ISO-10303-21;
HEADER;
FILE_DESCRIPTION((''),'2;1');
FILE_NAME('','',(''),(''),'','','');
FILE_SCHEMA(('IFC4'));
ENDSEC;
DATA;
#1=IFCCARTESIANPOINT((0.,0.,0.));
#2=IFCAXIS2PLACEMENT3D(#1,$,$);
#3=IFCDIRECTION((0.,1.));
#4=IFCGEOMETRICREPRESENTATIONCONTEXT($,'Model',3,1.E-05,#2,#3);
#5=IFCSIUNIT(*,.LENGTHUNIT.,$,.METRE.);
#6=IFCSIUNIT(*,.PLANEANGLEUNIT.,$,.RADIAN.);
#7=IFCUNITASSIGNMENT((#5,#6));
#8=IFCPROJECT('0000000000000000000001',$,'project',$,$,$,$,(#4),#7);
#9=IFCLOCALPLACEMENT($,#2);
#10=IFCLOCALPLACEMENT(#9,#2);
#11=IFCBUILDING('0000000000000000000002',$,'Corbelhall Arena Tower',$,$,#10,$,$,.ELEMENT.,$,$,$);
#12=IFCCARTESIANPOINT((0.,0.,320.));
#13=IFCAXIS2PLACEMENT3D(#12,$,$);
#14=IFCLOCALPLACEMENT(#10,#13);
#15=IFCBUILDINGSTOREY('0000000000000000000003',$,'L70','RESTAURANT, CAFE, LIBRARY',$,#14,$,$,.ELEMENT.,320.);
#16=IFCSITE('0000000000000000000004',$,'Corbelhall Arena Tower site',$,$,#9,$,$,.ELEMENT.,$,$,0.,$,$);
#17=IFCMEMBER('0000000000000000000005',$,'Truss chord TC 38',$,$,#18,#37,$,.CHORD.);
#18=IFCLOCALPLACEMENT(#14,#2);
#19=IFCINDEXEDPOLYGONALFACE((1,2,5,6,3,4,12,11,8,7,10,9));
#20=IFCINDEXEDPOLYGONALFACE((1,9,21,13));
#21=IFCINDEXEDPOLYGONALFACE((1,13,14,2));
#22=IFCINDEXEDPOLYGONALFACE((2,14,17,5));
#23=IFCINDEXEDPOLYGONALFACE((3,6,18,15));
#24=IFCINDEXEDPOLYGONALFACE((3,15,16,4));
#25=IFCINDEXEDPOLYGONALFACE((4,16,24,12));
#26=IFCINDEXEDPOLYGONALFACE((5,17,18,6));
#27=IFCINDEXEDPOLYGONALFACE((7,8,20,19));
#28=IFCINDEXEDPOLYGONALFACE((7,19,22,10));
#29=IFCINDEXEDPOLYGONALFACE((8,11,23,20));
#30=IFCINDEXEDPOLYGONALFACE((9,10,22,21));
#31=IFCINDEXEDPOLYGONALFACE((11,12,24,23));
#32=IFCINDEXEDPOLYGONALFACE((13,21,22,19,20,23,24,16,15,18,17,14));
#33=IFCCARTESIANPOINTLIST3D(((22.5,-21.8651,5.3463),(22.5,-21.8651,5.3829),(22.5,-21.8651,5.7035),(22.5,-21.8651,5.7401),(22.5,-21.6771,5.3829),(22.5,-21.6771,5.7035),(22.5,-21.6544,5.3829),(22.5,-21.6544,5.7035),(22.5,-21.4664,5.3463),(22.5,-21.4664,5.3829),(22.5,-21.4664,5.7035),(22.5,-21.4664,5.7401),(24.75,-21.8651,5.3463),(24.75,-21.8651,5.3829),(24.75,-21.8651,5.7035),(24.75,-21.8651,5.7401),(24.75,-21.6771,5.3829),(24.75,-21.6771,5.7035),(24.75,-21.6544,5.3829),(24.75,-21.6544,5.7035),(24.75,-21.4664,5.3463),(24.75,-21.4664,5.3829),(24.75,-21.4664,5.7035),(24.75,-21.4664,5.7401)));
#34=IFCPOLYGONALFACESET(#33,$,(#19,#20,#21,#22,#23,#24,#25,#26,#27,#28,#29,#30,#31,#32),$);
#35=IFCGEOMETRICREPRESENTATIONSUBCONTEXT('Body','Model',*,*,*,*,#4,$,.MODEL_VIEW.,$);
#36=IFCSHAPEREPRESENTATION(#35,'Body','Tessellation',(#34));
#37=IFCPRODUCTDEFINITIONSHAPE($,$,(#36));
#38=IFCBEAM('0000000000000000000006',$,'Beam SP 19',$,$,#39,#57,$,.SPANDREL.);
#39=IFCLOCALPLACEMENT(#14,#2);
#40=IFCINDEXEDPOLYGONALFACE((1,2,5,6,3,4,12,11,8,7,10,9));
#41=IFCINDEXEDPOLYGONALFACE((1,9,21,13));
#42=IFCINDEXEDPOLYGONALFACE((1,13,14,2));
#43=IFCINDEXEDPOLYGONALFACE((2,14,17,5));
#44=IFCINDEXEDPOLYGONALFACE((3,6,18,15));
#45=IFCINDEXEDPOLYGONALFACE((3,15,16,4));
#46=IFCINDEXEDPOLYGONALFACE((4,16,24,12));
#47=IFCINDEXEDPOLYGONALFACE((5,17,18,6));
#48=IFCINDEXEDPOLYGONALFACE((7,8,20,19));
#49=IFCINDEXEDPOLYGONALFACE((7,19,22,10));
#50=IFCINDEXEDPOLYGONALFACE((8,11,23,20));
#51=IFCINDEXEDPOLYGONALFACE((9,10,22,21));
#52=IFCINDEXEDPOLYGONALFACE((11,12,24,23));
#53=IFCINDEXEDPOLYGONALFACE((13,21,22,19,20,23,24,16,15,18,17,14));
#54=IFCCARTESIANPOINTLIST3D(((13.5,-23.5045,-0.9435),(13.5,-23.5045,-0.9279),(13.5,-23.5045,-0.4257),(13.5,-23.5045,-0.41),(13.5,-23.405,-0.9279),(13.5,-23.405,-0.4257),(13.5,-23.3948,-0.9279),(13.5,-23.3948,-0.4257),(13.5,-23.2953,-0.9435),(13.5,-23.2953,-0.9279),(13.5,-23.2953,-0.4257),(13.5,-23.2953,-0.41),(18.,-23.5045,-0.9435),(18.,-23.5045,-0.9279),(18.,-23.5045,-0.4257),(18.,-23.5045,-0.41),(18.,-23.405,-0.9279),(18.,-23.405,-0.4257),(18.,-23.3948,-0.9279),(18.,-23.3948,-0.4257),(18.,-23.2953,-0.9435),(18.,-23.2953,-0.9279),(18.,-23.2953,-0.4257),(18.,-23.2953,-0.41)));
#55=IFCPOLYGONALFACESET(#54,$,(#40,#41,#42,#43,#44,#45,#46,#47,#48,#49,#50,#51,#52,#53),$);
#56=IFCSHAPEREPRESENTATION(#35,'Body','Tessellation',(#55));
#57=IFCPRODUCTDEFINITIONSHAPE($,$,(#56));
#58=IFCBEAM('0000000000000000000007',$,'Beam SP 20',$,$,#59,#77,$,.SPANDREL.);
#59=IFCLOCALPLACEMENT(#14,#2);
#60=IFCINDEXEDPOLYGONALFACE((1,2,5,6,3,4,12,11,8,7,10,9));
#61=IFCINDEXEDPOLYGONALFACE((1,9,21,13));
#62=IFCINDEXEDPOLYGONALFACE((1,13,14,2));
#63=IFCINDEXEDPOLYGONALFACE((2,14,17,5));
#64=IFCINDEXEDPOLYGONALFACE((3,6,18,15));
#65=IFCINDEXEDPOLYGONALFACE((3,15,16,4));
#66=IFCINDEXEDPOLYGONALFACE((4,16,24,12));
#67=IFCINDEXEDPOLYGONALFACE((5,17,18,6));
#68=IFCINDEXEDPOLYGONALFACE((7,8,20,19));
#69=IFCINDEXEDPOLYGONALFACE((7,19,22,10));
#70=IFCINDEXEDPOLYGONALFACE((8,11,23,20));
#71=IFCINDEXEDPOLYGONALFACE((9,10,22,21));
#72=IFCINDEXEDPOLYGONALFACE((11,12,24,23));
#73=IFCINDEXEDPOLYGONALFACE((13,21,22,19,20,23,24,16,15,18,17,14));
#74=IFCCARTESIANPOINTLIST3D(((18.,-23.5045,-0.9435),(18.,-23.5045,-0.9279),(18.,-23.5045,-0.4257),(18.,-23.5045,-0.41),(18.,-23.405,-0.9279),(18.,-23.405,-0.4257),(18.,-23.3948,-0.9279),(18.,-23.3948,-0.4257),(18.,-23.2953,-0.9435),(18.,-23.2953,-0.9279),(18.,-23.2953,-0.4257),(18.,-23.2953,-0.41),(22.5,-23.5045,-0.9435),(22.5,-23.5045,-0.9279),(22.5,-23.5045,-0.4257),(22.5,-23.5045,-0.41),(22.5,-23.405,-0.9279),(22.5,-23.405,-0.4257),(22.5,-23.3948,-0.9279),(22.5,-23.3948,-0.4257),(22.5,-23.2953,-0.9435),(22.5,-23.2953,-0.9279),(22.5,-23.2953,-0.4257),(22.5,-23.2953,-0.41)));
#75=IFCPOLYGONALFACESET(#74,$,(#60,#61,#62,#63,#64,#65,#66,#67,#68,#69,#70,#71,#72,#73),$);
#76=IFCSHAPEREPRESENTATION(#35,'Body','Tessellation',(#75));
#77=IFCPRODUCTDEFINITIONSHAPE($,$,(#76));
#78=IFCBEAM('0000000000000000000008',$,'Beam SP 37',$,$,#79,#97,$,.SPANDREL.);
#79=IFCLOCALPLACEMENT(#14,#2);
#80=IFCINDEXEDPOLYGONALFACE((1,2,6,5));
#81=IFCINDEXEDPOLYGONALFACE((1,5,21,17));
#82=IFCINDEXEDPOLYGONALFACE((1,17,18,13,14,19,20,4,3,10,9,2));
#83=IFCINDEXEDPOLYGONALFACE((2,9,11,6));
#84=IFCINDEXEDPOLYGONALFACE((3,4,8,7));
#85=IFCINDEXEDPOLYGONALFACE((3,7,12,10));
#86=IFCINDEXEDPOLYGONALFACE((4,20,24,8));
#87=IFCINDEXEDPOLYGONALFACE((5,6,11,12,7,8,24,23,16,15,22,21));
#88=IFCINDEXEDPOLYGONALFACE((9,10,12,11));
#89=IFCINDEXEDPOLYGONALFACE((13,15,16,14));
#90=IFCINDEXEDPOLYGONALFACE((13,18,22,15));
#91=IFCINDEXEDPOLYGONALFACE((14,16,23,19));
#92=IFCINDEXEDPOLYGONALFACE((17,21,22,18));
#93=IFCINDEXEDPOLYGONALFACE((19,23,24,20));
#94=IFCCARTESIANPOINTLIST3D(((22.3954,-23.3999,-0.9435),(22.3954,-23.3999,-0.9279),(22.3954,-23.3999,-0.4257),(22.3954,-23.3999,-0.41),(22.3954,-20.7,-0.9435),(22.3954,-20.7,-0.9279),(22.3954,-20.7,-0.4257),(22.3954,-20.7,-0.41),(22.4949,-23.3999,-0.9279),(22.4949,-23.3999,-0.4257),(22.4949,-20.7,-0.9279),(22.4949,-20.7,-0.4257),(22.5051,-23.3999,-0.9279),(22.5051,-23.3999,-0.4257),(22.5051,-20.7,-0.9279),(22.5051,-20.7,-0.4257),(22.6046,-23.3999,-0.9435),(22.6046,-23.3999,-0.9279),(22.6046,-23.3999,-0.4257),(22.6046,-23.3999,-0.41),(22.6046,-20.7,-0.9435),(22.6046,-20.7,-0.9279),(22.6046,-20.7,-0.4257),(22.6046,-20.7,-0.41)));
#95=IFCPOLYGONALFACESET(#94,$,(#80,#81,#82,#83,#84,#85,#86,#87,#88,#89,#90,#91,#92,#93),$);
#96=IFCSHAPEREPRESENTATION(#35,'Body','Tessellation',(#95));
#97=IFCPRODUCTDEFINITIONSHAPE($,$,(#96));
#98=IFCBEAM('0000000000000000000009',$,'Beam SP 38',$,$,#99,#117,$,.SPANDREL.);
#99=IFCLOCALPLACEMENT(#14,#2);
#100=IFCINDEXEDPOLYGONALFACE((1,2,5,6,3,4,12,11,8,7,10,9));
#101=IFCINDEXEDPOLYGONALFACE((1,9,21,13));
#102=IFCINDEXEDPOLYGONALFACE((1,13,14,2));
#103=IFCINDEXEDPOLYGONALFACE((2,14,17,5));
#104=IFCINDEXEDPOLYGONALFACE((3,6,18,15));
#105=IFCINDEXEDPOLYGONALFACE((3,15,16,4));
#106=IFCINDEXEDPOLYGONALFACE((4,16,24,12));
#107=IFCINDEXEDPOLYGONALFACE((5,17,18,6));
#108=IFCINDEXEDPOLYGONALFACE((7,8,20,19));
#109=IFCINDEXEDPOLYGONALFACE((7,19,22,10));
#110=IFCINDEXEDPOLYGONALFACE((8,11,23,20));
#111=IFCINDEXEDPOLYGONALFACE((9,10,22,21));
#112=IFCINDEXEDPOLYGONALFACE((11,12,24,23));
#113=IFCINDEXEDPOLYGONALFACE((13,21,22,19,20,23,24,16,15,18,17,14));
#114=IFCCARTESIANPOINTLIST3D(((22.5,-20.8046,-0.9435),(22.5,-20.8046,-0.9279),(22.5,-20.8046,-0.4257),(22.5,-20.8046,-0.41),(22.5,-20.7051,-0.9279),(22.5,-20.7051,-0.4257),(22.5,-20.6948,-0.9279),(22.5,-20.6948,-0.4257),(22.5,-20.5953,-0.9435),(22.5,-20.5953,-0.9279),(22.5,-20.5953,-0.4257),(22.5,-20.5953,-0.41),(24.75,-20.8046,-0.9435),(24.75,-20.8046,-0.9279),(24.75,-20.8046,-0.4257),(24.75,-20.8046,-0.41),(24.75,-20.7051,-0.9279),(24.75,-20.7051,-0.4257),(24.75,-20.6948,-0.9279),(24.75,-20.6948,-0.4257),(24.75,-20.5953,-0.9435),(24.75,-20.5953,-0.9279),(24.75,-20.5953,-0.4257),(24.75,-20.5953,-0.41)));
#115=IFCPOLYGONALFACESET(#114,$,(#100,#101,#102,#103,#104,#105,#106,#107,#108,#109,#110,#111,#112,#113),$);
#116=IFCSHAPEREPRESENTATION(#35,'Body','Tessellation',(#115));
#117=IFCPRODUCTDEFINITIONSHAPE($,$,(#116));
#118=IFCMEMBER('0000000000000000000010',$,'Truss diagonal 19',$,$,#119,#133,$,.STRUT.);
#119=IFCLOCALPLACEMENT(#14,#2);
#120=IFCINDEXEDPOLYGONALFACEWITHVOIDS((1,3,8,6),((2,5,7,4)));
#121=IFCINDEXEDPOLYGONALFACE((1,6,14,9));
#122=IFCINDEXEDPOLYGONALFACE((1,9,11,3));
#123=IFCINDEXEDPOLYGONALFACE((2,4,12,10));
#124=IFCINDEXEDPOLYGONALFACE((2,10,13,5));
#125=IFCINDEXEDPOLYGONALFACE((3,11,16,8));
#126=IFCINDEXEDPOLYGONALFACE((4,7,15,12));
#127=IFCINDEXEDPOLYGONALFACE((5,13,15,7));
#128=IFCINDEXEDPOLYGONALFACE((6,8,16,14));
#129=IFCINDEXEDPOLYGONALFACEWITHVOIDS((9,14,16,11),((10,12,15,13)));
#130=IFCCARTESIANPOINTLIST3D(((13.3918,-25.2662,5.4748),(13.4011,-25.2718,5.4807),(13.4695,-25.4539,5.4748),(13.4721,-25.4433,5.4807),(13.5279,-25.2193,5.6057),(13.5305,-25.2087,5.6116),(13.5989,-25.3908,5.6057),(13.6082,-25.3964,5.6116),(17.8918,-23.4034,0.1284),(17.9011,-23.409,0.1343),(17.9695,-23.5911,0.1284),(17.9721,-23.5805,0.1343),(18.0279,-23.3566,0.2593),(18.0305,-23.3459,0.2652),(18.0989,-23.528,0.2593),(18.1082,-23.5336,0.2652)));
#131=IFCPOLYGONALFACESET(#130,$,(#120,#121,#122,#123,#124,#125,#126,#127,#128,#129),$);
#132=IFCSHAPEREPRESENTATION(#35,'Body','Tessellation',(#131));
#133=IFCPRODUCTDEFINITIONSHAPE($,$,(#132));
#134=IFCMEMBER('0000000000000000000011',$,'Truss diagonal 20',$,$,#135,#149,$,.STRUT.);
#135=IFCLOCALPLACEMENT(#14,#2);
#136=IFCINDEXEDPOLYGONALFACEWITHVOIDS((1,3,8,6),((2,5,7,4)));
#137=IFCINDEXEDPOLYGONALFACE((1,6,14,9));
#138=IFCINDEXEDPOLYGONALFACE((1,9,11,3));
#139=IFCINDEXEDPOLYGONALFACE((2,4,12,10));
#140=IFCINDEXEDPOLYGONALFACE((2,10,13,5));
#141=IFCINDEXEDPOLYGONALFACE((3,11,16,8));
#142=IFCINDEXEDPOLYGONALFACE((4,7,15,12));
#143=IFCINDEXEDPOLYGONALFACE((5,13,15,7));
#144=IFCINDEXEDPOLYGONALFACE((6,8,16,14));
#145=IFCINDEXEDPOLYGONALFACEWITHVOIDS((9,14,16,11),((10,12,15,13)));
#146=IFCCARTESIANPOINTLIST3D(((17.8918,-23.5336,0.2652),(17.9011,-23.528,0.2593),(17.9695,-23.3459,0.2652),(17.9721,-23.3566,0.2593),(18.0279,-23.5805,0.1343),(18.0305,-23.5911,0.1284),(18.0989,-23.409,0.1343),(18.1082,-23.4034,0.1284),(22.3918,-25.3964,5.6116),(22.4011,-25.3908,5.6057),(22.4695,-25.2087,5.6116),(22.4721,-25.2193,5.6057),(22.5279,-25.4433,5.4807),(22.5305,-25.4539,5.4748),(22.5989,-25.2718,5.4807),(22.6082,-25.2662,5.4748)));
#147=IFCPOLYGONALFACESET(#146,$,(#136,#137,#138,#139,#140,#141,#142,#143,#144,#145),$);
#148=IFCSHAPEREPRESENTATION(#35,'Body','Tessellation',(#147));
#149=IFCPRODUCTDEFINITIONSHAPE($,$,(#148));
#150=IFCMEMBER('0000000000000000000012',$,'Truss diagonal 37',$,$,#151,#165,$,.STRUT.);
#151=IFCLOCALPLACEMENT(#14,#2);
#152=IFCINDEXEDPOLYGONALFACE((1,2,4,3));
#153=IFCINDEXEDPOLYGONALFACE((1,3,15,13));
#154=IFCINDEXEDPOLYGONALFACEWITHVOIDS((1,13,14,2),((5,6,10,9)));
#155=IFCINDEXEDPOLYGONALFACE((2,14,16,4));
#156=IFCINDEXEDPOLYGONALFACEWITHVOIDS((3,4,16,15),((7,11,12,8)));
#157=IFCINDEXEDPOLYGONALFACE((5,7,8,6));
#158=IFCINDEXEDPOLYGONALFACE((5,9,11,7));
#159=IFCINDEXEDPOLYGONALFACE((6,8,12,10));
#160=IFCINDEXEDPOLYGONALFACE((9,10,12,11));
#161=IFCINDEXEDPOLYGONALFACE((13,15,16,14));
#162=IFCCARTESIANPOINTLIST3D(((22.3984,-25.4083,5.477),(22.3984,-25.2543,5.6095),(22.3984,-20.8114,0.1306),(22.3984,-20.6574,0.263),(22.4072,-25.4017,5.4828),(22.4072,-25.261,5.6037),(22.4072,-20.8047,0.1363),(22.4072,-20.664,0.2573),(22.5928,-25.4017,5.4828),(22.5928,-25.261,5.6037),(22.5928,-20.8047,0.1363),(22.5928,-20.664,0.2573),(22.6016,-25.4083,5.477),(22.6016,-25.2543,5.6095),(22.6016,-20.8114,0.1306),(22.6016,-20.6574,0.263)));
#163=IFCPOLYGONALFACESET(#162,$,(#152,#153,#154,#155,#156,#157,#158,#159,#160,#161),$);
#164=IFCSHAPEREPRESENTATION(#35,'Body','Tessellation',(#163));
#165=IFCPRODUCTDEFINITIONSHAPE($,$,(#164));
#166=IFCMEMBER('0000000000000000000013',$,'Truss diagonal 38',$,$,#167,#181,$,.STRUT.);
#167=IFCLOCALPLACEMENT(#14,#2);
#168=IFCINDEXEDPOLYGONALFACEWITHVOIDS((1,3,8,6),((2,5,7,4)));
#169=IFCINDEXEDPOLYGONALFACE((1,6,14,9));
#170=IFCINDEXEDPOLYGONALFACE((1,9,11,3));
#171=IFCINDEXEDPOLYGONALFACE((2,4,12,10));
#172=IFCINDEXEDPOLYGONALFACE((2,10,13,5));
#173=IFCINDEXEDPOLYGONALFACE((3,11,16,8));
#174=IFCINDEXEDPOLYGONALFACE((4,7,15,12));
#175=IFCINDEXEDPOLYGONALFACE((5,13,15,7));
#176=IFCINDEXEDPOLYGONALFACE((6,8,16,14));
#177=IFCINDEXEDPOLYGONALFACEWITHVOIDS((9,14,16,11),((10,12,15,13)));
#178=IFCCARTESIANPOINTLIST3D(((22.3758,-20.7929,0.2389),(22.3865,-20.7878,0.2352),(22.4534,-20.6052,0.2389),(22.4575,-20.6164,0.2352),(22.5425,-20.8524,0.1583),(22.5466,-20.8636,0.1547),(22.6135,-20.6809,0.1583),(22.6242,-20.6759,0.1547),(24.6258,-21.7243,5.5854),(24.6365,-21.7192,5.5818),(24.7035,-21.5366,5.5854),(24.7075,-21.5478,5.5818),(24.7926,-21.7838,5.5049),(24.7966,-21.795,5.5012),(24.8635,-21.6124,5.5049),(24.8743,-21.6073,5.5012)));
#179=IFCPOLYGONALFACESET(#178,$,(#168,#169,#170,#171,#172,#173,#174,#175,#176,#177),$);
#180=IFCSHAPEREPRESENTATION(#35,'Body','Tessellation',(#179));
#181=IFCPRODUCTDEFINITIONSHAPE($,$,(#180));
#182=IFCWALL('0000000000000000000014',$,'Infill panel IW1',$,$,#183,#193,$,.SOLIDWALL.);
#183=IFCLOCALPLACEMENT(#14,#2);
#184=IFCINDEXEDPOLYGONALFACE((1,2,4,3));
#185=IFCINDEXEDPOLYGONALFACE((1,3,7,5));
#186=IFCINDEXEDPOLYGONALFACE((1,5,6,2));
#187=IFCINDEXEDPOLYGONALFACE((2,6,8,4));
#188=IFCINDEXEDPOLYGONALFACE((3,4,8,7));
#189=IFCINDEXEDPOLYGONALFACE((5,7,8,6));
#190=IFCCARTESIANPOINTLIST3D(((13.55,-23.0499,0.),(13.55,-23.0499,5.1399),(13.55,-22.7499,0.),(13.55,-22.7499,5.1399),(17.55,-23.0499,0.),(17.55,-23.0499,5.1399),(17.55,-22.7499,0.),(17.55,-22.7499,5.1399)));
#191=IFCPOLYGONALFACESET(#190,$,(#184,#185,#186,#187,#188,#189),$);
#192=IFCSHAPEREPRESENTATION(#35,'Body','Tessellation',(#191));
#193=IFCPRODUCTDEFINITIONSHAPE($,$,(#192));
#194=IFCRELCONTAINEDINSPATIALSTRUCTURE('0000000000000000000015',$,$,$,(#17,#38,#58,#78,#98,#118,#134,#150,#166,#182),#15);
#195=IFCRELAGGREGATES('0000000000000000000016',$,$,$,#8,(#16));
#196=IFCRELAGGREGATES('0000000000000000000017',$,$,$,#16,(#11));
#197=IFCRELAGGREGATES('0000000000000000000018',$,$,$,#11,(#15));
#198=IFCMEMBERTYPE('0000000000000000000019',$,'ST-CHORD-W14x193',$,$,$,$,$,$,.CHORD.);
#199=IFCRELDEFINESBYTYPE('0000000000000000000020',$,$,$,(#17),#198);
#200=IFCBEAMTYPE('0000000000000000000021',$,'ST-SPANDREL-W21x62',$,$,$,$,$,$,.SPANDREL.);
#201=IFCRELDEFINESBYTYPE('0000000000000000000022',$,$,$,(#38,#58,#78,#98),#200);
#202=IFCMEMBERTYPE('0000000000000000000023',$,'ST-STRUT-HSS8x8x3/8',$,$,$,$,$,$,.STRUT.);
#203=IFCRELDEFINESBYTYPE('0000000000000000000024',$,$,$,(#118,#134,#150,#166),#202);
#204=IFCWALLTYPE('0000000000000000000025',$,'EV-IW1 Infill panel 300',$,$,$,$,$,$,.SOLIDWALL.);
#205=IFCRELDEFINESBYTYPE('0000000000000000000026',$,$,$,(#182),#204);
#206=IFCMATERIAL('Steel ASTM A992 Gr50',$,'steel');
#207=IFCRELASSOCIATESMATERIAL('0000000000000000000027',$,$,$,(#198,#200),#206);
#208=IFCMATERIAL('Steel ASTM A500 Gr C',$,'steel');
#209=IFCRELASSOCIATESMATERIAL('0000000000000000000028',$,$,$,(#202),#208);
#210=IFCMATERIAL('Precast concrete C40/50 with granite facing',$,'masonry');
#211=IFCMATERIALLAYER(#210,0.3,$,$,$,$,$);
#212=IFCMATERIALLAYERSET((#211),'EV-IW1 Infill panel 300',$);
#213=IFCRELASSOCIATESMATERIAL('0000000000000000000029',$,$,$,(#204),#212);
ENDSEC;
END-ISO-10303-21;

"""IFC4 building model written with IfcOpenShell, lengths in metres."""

from ifc_helpers import new_model, si_unit, direction, frame, frame_2d, origin, origin_2d, place, context, subcontext, project, spatial, rectangle, hollow_rectangle, i_section, extrude, material, layer, layer_set, material_profile, profile_set, type_object, element, save


model = new_model("IFC4")

# Units and contexts
model_context = context("Model", 3, precision=1e-05, world=origin(), true_north=direction((0.0, 1.0)))
body_context = subcontext(model_context, "Body", "Model", "MODEL_VIEW")
ifc_project = project(units=[si_unit("LENGTHUNIT", "METRE"), si_unit("PLANEANGLEUNIT", "RADIAN")], contexts=[model_context])

# Site, building, storey
site_placement = place(None, origin())
site = spatial("IfcSite", under=ifc_project, at=site_placement, Name="Corbelhall Arena Tower site", CompositionType="ELEMENT", RefElevation=0.0)
building_placement = place(site_placement, origin())
building = spatial("IfcBuilding", under=site, at=building_placement, Name="Corbelhall Arena Tower", CompositionType="ELEMENT")
storey_placement = place(building_placement, frame((0.0, 0.0, 320.0)))
storey = spatial("IfcBuildingStorey", under=building, at=storey_placement, Name="L70", Description="RESTAURANT, CAFE, LIBRARY", CompositionType="ELEMENT", Elevation=320.0)

# Member
ifc_material_1 = material(Name="Steel ASTM A992 Gr50", Category="steel")
ifc_material_profile_1 = material_profile(ifc_material_1, i_section(OverallWidth=0.3987, OverallDepth=0.3938, WebThickness=0.0227, FlangeThickness=0.0366, at=origin_2d()))
ifc_profile_set_1 = profile_set([ifc_material_profile_1], Name="Steel ASTM A992 Gr50")
member_type_1 = type_object("IfcMemberType", Name="ST-CHORD-W14x193", PredefinedType="CHORD", material=ifc_profile_set_1)
for number, where, z_axis, x_axis, name in (
    (1, (24.75, -21.6658, 5.5432), (-1.0, 0.0, 0.0), (0.0, -1.0, 0.0), "Truss chord TC 38"),
):
    element("IfcMember", number, at=place(storey_placement, frame(where, z_axis=z_axis, x_axis=x_axis)), inside=storey, type_object=member_type_1, Name=name, PredefinedType="CHORD", context=body_context, shape_type="SweptSolid", body=[
        extrude(i_section(OverallWidth=0.3987, OverallDepth=0.3938, WebThickness=0.0227, FlangeThickness=0.0366, at=origin_2d()), origin(), (0.0, 0.0, 1.0), 2.25),
    ])

# Beams
ifc_material_profile_2 = material_profile(ifc_material_1, i_section(OverallWidth=0.2092, OverallDepth=0.5334, WebThickness=0.0103, FlangeThickness=0.0156, at=origin_2d()))
ifc_profile_set_2 = profile_set([ifc_material_profile_2], Name="Steel ASTM A992 Gr50")
beam_type = type_object("IfcBeamType", Name="ST-SPANDREL-W21x62", PredefinedType="SPANDREL", material=ifc_profile_set_2)
for number, where, z_axis, x_axis, name in (
    (2, (18.0, -23.3999, -0.6768), (-1.0, 0.0, 0.0), (0.0, -1.0, 0.0), "Beam SP 19"),
    (3, (22.5, -23.3999, -0.6768), (-1.0, 0.0, 0.0), (0.0, -1.0, 0.0), "Beam SP 20"),
):
    element("IfcBeam", number, at=place(storey_placement, frame(where, z_axis=z_axis, x_axis=x_axis)), inside=storey, type_object=beam_type, Name=name, PredefinedType="SPANDREL", context=body_context, shape_type="SweptSolid", body=[
        extrude(i_section(OverallWidth=0.2092, OverallDepth=0.5334, WebThickness=0.0103, FlangeThickness=0.0156, at=origin_2d()), origin(), (0.0, 0.0, 1.0), 4.5),
    ])
beam_1_placement = place(storey_placement, frame((22.5, -20.7, -0.6768), z_axis=(0.0, -1.0, 0.0), x_axis=(1.0, 0.0, 0.0)))
element("IfcBeam", 4, at=beam_1_placement, inside=storey, type_object=beam_type, Name="Beam SP 37", PredefinedType="SPANDREL", context=body_context, shape_type="SweptSolid", body=[
    extrude(i_section(OverallWidth=0.2092, OverallDepth=0.5334, WebThickness=0.0103, FlangeThickness=0.0156, at=origin_2d()), origin(), (0.0, 0.0, 1.0), 2.7),
])
beam_2_placement = place(storey_placement, frame((24.75, -20.7, -0.6768), z_axis=(-1.0, 0.0, 0.0), x_axis=(0.0, -1.0, 0.0)))
element("IfcBeam", 5, at=beam_2_placement, inside=storey, type_object=beam_type, Name="Beam SP 38", PredefinedType="SPANDREL", context=body_context, shape_type="SweptSolid", body=[
    extrude(i_section(OverallWidth=0.2092, OverallDepth=0.5334, WebThickness=0.0103, FlangeThickness=0.0156, at=origin_2d()), origin(), (0.0, 0.0, 1.0), 2.25),
])

# Members
ifc_material_2 = material(Name="Steel ASTM A500 Gr C", Category="steel")
ifc_material_profile_3 = material_profile(ifc_material_2, hollow_rectangle(XDim=0.2031, YDim=0.2031, WallThickness=0.0088, at=origin_2d()))
ifc_profile_set_3 = profile_set([ifc_material_profile_3], Name="Steel ASTM A500 Gr C")
member_type_2 = type_object("IfcMemberType", Name="ST-STRUT-HSS8x8x3/8", PredefinedType="STRUT", material=ifc_profile_set_3)
for number, where, z_axis, x_axis, name in (
    (6, (18.0, -23.4685, 0.1968), (-0.622219, -0.25757, 0.739257), (0.382479, -0.923964, 0.0), "Truss diagonal 19"),
    (7, (18.0, -23.4685, 0.1968), (0.622219, -0.25757, 0.739257), (0.382479, 0.923964, 0.0), "Truss diagonal 20"),
):
    element("IfcMember", number, at=place(storey_placement, frame(where, z_axis=z_axis, x_axis=x_axis)), inside=storey, type_object=member_type_2, Name=name, PredefinedType="STRUT", context=body_context, shape_type="SweptSolid", body=[
        extrude(hollow_rectangle(XDim=0.2031, YDim=0.2031, WallThickness=0.0088, at=origin_2d()), origin(), (0.0, 0.0, 1.0), 7.2322),
    ])
member_1_placement = place(storey_placement, frame((22.5, -20.7344, 0.1968), z_axis=(0.0, -0.651957, 0.758256), x_axis=(1.0, 0.0, 0.0)))
element("IfcMember", 8, at=member_1_placement, inside=storey, type_object=member_type_2, Name="Truss diagonal 37", PredefinedType="STRUT", context=body_context, shape_type="SweptSolid", body=[
    extrude(hollow_rectangle(XDim=0.2031, YDim=0.2031, WallThickness=0.0088, at=origin_2d()), origin(), (0.0, 0.0, 1.0), 7.051),
])
member_2_placement = place(storey_placement, frame((22.5, -20.7344, 0.1968), z_axis=(0.382986, -0.158538, 0.910048), x_axis=(0.382479, 0.923964, 0.0)))
element("IfcMember", 9, at=member_2_placement, inside=storey, type_object=member_type_2, Name="Truss diagonal 38", PredefinedType="STRUT", context=body_context, shape_type="SweptSolid", body=[
    extrude(hollow_rectangle(XDim=0.2031, YDim=0.2031, WallThickness=0.0088, at=origin_2d()), origin(), (0.0, 0.0, 1.0), 5.875),
])

# Wall
ifc_material_3 = material(Name="Precast concrete C40/50 with granite facing", Category="masonry")
ifc_layer_1 = layer(ifc_material_3, 0.3)
ifc_layer_set_1 = layer_set([ifc_layer_1], Name="EV-IW1 Infill panel 300")
wall_type_1 = type_object("IfcWallType", Name="EV-IW1 Infill panel 300", PredefinedType="SOLIDWALL", material=ifc_layer_set_1)
wall_1_placement = place(storey_placement, frame((13.55, -22.8999, 0.0), z_axis=(0.0, 0.0, 1.0), x_axis=(1.0, 0.0, 0.0)))
element("IfcWall", 10, at=wall_1_placement, inside=storey, type_object=wall_type_1, Name="Infill panel IW1", PredefinedType="SOLIDWALL", context=body_context, shape_type="SweptSolid", body=[
    extrude(rectangle(XDim=4.0, YDim=0.3, at=frame_2d((2.0, 0.0))), origin(), (0.0, 0.0, 1.0), 5.1399),
])

save(model, "model.ifc")
